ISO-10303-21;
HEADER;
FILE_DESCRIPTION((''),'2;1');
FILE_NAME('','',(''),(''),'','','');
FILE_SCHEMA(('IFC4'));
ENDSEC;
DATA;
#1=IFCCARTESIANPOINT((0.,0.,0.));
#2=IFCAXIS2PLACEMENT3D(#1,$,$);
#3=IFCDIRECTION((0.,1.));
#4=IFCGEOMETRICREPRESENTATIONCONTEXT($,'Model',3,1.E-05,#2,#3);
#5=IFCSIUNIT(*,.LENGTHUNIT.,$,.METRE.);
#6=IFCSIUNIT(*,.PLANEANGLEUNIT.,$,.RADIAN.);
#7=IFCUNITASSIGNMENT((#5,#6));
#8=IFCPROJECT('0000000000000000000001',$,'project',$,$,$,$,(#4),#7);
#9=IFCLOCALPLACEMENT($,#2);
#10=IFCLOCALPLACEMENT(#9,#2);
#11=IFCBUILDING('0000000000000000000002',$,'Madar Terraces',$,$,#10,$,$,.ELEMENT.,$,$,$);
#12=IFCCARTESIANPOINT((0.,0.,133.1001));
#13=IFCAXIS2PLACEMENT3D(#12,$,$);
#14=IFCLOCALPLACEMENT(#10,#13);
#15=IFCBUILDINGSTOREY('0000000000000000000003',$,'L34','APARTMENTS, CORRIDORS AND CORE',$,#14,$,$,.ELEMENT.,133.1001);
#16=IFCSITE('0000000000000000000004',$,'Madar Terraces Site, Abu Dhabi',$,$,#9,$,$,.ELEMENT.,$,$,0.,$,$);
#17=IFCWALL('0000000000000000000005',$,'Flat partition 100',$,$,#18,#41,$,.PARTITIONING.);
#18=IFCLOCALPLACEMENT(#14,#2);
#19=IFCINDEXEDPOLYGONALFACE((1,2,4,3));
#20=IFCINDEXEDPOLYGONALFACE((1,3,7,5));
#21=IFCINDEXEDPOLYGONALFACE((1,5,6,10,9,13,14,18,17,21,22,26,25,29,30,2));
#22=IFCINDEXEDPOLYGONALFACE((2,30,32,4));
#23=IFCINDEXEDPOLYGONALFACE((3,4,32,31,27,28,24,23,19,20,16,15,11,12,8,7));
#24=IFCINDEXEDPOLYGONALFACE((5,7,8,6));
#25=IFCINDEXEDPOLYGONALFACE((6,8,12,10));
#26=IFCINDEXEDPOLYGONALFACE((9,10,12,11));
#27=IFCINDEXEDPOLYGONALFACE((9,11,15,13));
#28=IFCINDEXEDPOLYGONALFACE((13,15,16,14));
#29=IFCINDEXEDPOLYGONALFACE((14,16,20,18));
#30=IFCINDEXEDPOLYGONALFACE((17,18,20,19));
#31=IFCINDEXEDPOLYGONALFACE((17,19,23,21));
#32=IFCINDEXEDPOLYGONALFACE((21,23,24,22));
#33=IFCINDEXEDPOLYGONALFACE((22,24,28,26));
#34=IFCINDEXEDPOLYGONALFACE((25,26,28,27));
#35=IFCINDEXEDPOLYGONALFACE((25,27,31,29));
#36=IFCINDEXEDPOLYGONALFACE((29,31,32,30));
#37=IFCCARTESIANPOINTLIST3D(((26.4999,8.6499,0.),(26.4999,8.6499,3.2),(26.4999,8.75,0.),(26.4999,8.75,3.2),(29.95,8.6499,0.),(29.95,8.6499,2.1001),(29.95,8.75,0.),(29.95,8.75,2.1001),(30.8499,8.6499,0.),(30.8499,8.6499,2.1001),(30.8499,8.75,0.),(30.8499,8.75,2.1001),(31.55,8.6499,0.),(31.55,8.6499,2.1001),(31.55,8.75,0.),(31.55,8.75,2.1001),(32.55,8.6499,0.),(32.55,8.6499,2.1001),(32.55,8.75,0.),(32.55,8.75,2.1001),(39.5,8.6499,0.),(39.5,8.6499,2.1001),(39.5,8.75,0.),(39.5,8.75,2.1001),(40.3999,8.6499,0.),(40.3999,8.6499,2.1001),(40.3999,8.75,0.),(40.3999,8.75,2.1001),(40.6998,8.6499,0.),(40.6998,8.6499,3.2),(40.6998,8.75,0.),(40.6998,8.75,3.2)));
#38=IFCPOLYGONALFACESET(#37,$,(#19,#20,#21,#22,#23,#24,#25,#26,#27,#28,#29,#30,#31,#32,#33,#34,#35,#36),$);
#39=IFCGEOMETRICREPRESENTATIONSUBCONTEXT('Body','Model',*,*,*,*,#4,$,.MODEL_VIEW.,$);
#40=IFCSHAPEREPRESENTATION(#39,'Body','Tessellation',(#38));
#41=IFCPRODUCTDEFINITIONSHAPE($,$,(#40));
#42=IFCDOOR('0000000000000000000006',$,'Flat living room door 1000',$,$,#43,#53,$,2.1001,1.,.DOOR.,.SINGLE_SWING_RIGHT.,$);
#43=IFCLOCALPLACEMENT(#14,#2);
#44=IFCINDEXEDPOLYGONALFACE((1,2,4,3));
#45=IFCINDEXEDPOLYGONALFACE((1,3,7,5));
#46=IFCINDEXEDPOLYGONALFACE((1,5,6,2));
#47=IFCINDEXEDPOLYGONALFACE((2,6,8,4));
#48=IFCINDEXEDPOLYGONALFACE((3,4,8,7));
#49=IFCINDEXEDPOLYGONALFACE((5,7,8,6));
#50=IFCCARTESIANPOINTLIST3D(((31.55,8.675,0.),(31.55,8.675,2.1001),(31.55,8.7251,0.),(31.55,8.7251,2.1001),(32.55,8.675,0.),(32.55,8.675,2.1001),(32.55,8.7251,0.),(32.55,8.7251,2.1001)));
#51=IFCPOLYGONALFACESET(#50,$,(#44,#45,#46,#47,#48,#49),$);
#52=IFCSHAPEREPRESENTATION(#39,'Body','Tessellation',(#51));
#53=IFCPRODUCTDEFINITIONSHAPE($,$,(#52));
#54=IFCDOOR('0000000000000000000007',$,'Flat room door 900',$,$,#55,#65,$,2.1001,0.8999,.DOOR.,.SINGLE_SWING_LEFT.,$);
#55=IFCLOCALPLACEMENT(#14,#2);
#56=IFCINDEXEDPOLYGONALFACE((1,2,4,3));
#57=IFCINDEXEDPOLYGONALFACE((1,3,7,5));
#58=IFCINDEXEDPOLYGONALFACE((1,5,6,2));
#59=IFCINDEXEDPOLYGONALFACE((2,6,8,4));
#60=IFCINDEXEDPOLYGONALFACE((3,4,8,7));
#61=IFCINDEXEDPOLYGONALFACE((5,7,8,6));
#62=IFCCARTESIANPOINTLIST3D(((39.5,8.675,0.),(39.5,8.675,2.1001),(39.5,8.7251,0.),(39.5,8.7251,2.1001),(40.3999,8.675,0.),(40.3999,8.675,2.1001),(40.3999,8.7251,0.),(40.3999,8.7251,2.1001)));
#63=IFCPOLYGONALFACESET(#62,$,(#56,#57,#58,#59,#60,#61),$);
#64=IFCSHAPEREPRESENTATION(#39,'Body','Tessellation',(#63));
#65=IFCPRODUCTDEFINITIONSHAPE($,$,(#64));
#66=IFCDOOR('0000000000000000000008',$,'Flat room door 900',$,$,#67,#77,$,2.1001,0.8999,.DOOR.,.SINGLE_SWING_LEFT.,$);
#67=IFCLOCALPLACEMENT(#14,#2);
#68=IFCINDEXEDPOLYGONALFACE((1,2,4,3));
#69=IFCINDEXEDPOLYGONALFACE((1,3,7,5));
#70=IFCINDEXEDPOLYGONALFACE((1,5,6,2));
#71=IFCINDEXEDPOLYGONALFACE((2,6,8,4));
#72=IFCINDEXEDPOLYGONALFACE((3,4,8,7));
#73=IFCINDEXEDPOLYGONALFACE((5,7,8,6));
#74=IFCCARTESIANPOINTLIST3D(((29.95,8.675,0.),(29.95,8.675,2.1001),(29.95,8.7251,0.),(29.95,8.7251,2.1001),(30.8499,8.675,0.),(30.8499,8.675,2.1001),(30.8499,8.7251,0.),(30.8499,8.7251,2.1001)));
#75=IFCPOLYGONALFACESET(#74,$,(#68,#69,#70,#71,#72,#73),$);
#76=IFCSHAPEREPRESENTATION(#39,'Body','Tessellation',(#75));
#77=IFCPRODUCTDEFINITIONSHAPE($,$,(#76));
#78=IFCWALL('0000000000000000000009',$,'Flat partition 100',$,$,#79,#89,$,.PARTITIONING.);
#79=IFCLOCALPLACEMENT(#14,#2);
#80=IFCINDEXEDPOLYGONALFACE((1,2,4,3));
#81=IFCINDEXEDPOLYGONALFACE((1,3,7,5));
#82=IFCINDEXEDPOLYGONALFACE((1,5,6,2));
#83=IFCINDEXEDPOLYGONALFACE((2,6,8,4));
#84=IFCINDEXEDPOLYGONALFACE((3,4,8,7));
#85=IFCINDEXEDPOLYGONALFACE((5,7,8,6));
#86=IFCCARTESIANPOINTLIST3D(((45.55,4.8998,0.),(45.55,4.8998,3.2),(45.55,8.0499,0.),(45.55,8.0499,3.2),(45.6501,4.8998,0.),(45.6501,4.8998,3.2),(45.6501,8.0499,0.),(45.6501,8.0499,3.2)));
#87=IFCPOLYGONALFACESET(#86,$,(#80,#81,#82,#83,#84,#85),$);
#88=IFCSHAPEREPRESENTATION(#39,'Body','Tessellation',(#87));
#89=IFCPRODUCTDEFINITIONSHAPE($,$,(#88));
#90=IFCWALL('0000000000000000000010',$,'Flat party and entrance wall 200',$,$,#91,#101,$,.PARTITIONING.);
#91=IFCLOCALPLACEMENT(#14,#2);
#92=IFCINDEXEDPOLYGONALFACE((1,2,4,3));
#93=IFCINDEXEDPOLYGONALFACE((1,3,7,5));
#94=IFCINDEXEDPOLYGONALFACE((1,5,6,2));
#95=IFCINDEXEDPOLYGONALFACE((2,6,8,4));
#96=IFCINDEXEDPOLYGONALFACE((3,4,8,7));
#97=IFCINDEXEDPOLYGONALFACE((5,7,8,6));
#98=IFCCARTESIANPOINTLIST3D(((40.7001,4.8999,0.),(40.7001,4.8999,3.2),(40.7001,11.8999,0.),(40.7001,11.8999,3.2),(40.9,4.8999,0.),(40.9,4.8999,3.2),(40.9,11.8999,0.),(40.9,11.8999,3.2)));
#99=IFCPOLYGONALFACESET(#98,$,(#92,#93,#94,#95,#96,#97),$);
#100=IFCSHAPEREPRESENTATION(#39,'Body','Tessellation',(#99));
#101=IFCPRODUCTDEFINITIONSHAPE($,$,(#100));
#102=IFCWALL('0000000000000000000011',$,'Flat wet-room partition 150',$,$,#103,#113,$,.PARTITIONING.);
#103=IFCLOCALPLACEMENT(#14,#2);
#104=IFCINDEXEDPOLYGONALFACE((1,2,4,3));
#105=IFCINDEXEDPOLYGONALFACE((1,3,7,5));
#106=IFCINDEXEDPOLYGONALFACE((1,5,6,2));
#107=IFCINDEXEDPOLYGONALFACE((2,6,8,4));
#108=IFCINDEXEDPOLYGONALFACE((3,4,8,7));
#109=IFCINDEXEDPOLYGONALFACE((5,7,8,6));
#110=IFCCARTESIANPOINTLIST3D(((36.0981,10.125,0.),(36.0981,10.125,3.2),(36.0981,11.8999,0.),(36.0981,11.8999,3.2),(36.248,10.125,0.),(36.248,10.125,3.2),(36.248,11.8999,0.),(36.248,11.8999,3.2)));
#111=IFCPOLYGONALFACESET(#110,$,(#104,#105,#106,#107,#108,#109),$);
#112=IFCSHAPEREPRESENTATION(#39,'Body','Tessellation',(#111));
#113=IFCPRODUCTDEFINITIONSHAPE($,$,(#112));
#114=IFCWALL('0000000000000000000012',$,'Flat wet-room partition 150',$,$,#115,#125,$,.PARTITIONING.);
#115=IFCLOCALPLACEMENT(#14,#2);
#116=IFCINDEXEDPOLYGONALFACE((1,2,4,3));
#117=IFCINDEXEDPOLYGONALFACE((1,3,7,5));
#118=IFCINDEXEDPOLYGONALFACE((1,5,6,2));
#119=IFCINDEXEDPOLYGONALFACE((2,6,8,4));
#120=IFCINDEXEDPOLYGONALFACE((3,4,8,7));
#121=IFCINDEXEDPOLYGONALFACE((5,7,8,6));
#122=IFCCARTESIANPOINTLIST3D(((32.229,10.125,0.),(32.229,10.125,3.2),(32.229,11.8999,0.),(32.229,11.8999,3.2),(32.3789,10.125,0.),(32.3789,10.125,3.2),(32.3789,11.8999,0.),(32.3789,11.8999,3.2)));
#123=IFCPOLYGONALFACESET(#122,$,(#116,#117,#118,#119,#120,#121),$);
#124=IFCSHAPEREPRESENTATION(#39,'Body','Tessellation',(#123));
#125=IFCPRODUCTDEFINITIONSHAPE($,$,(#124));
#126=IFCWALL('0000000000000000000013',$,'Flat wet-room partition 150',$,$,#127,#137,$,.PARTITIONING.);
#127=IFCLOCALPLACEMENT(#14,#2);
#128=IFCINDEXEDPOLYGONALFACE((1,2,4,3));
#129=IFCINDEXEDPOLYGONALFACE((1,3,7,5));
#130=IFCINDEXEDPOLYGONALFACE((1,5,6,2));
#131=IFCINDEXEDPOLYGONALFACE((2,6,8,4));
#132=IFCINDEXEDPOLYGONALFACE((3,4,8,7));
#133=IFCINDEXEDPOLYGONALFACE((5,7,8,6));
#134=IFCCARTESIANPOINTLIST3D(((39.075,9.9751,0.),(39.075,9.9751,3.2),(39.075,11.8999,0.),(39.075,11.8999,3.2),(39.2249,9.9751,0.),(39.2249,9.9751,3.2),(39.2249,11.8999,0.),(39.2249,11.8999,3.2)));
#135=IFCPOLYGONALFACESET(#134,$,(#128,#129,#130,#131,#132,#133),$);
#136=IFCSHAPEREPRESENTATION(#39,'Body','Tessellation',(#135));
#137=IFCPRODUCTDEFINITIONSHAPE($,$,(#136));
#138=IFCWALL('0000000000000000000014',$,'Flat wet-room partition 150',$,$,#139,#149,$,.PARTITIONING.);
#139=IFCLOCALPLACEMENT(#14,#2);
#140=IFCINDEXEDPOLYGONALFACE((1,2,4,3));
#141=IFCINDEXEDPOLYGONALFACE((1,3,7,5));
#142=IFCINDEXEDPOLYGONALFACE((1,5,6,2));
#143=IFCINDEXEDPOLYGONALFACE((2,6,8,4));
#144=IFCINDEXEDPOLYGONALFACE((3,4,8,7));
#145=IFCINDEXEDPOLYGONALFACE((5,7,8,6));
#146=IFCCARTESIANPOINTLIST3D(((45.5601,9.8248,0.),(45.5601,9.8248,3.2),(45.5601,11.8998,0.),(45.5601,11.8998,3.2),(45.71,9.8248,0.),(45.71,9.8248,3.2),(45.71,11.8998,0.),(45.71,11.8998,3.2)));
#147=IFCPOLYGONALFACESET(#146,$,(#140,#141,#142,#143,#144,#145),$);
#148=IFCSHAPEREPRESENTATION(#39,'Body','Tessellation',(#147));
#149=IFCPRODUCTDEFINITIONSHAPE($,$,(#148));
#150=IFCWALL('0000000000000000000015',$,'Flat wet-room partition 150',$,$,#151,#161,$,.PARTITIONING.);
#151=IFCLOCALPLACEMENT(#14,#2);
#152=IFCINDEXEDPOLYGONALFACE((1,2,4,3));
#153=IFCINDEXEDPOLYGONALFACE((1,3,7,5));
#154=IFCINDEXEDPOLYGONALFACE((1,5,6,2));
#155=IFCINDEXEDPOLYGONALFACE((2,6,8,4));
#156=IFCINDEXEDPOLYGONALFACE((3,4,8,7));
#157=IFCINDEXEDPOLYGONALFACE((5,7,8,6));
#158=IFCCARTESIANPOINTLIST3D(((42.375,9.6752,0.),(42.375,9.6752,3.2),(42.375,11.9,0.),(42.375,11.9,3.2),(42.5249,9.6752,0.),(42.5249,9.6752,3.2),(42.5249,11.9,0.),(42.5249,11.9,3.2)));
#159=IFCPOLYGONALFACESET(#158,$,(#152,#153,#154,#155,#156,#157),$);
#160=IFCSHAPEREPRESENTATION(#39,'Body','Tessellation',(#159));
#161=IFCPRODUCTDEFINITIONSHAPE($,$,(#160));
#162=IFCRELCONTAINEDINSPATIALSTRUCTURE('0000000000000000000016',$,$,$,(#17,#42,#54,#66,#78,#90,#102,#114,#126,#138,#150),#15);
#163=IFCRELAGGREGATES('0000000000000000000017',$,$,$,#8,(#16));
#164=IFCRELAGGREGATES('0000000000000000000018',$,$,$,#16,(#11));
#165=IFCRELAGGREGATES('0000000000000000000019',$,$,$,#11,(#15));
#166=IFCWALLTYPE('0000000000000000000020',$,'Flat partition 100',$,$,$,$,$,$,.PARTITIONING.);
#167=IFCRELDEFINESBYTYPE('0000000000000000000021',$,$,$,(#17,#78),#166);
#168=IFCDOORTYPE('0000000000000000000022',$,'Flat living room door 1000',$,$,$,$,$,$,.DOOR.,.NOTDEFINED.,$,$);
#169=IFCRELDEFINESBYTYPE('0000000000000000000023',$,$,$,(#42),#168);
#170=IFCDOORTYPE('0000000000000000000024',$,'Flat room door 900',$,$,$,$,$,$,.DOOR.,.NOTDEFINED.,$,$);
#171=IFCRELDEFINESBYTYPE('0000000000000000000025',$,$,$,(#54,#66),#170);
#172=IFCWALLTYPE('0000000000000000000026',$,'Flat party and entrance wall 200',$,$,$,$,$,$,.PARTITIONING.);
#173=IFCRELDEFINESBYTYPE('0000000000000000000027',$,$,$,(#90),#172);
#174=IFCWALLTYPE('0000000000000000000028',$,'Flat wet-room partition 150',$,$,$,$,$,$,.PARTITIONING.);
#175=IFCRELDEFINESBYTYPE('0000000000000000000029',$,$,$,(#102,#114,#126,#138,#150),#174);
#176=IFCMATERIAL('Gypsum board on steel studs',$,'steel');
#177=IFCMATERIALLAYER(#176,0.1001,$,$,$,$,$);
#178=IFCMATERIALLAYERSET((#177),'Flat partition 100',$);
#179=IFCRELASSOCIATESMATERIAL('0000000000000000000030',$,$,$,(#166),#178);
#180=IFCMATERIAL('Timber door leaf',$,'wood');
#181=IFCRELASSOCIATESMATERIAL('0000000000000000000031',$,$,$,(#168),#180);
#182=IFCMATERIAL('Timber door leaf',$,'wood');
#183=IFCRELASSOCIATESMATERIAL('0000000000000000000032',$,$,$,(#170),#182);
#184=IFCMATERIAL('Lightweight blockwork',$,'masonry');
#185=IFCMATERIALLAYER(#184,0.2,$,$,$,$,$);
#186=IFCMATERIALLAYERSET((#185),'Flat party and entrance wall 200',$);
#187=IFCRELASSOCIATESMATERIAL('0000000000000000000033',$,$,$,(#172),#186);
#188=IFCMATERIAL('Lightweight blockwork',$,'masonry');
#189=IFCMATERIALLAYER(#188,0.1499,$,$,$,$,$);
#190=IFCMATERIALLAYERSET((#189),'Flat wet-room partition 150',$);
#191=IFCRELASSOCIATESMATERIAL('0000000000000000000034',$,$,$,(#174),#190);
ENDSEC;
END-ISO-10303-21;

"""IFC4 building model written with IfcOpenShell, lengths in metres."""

from ifc_helpers import new_model, si_unit, direction, frame, frame_2d, origin, place, context, subcontext, project, spatial, rectangle, extrude, material, layer, layer_set, type_object, element, fill, save


model = new_model("IFC4")

# Units and contexts
model_context = context("Model", 3, precision=1e-05, world=origin(), true_north=direction((0.0, 1.0)))
body_context = subcontext(model_context, "Body", "Model", "MODEL_VIEW")
ifc_project = project(units=[si_unit("LENGTHUNIT", "METRE"), si_unit("PLANEANGLEUNIT", "RADIAN")], contexts=[model_context])

# Site, building, storey
site_placement = place(None, origin())
site = spatial("IfcSite", under=ifc_project, at=site_placement, Name="Madar Terraces Site, Abu Dhabi", CompositionType="ELEMENT", RefElevation=0.0)
building_placement = place(site_placement, origin())
building = spatial("IfcBuilding", under=site, at=building_placement, Name="Madar Terraces", CompositionType="ELEMENT")
storey_placement = place(building_placement, frame((0.0, 0.0, 133.1001)))
storey = spatial("IfcBuildingStorey", under=building, at=storey_placement, Name="L34", Description="APARTMENTS, CORRIDORS AND CORE", CompositionType="ELEMENT", Elevation=133.1001)

# Shared definitions
ifc_material_1 = material(Name="Gypsum board on steel studs", Category="steel")
ifc_layer_1 = layer(ifc_material_1, 0.1001)
ifc_layer_set_1 = layer_set([ifc_layer_1], Name="Flat partition 100")
wall_type_1 = type_object("IfcWallType", Name="Flat partition 100", PredefinedType="PARTITIONING", material=ifc_layer_set_1)

# Wall, openings, doors
wall_1_placement = place(storey_placement, frame((40.7, 8.7, 0.0), z_axis=(0.0, 0.0, 1.0), x_axis=(-1.0, 0.0, 0.0)))
wall_1 = element("IfcWall", 1, at=wall_1_placement, inside=storey, type_object=wall_type_1, Name="Flat partition 100", PredefinedType="PARTITIONING", context=body_context, shape_type="SweptSolid", body=[
    extrude(rectangle(XDim=14.2, YDim=0.1001, at=frame_2d((7.1001, 0.0))), origin(), (0.0, 0.0, 1.0), 3.2),
])
opening_1_placement = place(wall_1_placement, frame((0.3, 0.0, 0.0)))
opening_1 = element("IfcOpeningElement", 2, at=opening_1_placement, cuts=wall_1, PredefinedType="OPENING", context=body_context, shape_type="SweptSolid", body=[
    extrude(rectangle(XDim=0.8999, YDim=2.1001, at=frame_2d((0.45, 1.05))), frame((0.0, 0.0601, 0.0), z_axis=(0.0, -1.0, 0.0), x_axis=(1.0, 0.0, 0.0)), (0.0, 0.0, 1.0), 0.1201),
])
opening_2_placement = place(wall_1_placement, frame((8.1499, 0.0, 0.0)))
opening_2 = element("IfcOpeningElement", 3, at=opening_2_placement, cuts=wall_1, PredefinedType="OPENING", context=body_context, shape_type="SweptSolid", body=[
    extrude(rectangle(XDim=1.0, YDim=2.1001, at=frame_2d((0.5, 1.05))), frame((0.0, 0.0601, 0.0), z_axis=(0.0, -1.0, 0.0), x_axis=(1.0, 0.0, 0.0)), (0.0, 0.0, 1.0), 0.1201),
])
opening_3_placement = place(wall_1_placement, frame((9.8501, 0.0, 0.0)))
opening_3 = element("IfcOpeningElement", 4, at=opening_3_placement, cuts=wall_1, PredefinedType="OPENING", context=body_context, shape_type="SweptSolid", body=[
    extrude(rectangle(XDim=0.8999, YDim=2.1001, at=frame_2d((0.45, 1.05))), frame((0.0, 0.0601, 0.0), z_axis=(0.0, -1.0, 0.0), x_axis=(1.0, 0.0, 0.0)), (0.0, 0.0, 1.0), 0.1201),
])
ifc_material_2 = material(Name="Timber door leaf", Category="wood")
door_type_1 = type_object("IfcDoorType", Name="Flat living room door 1000", OperationType="NOTDEFINED", PredefinedType="DOOR", material=ifc_material_2)
door_1_placement = place(opening_2_placement, origin())
door_1 = element("IfcDoor", 5, at=door_1_placement, inside=storey, type_object=door_type_1, Name="Flat living room door 1000", OperationType="SINGLE_SWING_RIGHT", OverallHeight=2.1001, OverallWidth=1.0, PredefinedType="DOOR", context=body_context, shape_type="SweptSolid", body=[
    extrude(rectangle(XDim=1.0, YDim=2.1001, at=frame_2d((0.5, 1.05))), frame((0.0, 0.0249, 0.0), z_axis=(0.0, -1.0, 0.0), x_axis=(1.0, 0.0, 0.0)), (0.0, 0.0, 1.0), 0.05),
])
fill(opening_2, door_1)
ifc_material_3 = material(Name="Timber door leaf", Category="wood")
door_type_2 = type_object("IfcDoorType", Name="Flat room door 900", OperationType="NOTDEFINED", PredefinedType="DOOR", material=ifc_material_3)
door_2_placement = place(opening_1_placement, origin())
door_2 = element("IfcDoor", 6, at=door_2_placement, inside=storey, type_object=door_type_2, Name="Flat room door 900", OperationType="SINGLE_SWING_LEFT", OverallHeight=2.1001, OverallWidth=0.8999, PredefinedType="DOOR", context=body_context, shape_type="SweptSolid", body=[
    extrude(rectangle(XDim=0.8999, YDim=2.1001, at=frame_2d((0.45, 1.05))), frame((0.0, 0.0249, 0.0), z_axis=(0.0, -1.0, 0.0), x_axis=(1.0, 0.0, 0.0)), (0.0, 0.0, 1.0), 0.05),
])
fill(opening_1, door_2)
door_3_placement = place(opening_3_placement, origin())
door_3 = element("IfcDoor", 7, at=door_3_placement, inside=storey, type_object=door_type_2, Name="Flat room door 900", OperationType="SINGLE_SWING_LEFT", OverallHeight=2.1001, OverallWidth=0.8999, PredefinedType="DOOR", context=body_context, shape_type="SweptSolid", body=[
    extrude(rectangle(XDim=0.8999, YDim=2.1001, at=frame_2d((0.45, 1.05))), frame((0.0, 0.0249, 0.0), z_axis=(0.0, -1.0, 0.0), x_axis=(1.0, 0.0, 0.0)), (0.0, 0.0, 1.0), 0.05),
])
fill(opening_3, door_3)

# Walls
wall_2_placement = place(storey_placement, frame((45.6001, 8.05, 0.0), z_axis=(0.0, 0.0, 1.0), x_axis=(0.0, -1.0, 0.0)))
element("IfcWall", 8, at=wall_2_placement, inside=storey, type_object=wall_type_1, Name="Flat partition 100", PredefinedType="PARTITIONING", context=body_context, shape_type="SweptSolid", body=[
    extrude(rectangle(XDim=3.1501, YDim=0.1001, at=frame_2d((1.5752, 0.0))), origin(), (0.0, 0.0, 1.0), 3.2),
])
ifc_material_4 = material(Name="Lightweight blockwork", Category="masonry")
ifc_layer_2 = layer(ifc_material_4, 0.2)
ifc_layer_set_2 = layer_set([ifc_layer_2], Name="Flat party and entrance wall 200")
wall_type_2 = type_object("IfcWallType", Name="Flat party and entrance wall 200", PredefinedType="PARTITIONING", material=ifc_layer_set_2)
wall_3_placement = place(storey_placement, frame((40.8, 11.8999, 0.0), z_axis=(0.0, 0.0, 1.0), x_axis=(0.0, -1.0, 0.0)))
element("IfcWall", 9, at=wall_3_placement, inside=storey, type_object=wall_type_2, Name="Flat party and entrance wall 200", PredefinedType="PARTITIONING", context=body_context, shape_type="SweptSolid", body=[
    extrude(rectangle(XDim=7.0, YDim=0.2, at=frame_2d((3.5, 0.0))), origin(), (0.0, 0.0, 1.0), 3.2),
])
ifc_material_5 = material(Name="Lightweight blockwork", Category="masonry")
ifc_layer_3 = layer(ifc_material_5, 0.1499)
ifc_layer_set_3 = layer_set([ifc_layer_3], Name="Flat wet-room partition 150")
wall_type_3 = type_object("IfcWallType", Name="Flat wet-room partition 150", PredefinedType="PARTITIONING", material=ifc_layer_set_3)
for number, where, z_axis, x_axis, name in (
    (10, (36.1731, 11.8999, 0.0), (0.0, 0.0, 1.0), (0.0, -1.0, 0.0), "Flat wet-room partition 150"),
    (11, (32.304, 11.8999, 0.0), (0.0, 0.0, 1.0), (0.0, -1.0, 0.0), "Flat wet-room partition 150"),
):
    element("IfcWall", number, at=place(storey_placement, frame(where, z_axis=z_axis, x_axis=x_axis)), inside=storey, type_object=wall_type_3, Name=name, PredefinedType="PARTITIONING", context=body_context, shape_type="SweptSolid", body=[
        extrude(rectangle(XDim=1.7749, YDim=0.1499, at=frame_2d((0.8875, 0.0))), origin(), (0.0, 0.0, 1.0), 3.2),
    ])
wall_4_placement = place(storey_placement, frame((39.1499, 11.8999, 0.0), z_axis=(0.0, 0.0, 1.0), x_axis=(0.0, -1.0, 0.0)))
element("IfcWall", 12, at=wall_4_placement, inside=storey, type_object=wall_type_3, Name="Flat wet-room partition 150", PredefinedType="PARTITIONING", context=body_context, shape_type="SweptSolid", body=[
    extrude(rectangle(XDim=1.9248, YDim=0.1499, at=frame_2d((0.9624, 0.0))), origin(), (0.0, 0.0, 1.0), 3.2),
])
wall_5_placement = place(storey_placement, frame((45.635, 11.8999, 0.0), z_axis=(0.0, 0.0, 1.0), x_axis=(0.0, -1.0, 0.0)))
element("IfcWall", 13, at=wall_5_placement, inside=storey, type_object=wall_type_3, Name="Flat wet-room partition 150", PredefinedType="PARTITIONING", context=body_context, shape_type="SweptSolid", body=[
    extrude(rectangle(XDim=2.075, YDim=0.1499, at=frame_2d((1.0376, 0.0))), origin(), (0.0, 0.0, 1.0), 3.2),
])
wall_6_placement = place(storey_placement, frame((42.45, 11.8999, 0.0), z_axis=(0.0, 0.0, 1.0), x_axis=(0.0, -1.0, 0.0)))
element("IfcWall", 14, at=wall_6_placement, inside=storey, type_object=wall_type_3, Name="Flat wet-room partition 150", PredefinedType="PARTITIONING", context=body_context, shape_type="SweptSolid", body=[
    extrude(rectangle(XDim=2.2249, YDim=0.1499, at=frame_2d((1.1123, 0.0))), origin(), (0.0, 0.0, 1.0), 3.2),
])

save(model, "model.ifc")
